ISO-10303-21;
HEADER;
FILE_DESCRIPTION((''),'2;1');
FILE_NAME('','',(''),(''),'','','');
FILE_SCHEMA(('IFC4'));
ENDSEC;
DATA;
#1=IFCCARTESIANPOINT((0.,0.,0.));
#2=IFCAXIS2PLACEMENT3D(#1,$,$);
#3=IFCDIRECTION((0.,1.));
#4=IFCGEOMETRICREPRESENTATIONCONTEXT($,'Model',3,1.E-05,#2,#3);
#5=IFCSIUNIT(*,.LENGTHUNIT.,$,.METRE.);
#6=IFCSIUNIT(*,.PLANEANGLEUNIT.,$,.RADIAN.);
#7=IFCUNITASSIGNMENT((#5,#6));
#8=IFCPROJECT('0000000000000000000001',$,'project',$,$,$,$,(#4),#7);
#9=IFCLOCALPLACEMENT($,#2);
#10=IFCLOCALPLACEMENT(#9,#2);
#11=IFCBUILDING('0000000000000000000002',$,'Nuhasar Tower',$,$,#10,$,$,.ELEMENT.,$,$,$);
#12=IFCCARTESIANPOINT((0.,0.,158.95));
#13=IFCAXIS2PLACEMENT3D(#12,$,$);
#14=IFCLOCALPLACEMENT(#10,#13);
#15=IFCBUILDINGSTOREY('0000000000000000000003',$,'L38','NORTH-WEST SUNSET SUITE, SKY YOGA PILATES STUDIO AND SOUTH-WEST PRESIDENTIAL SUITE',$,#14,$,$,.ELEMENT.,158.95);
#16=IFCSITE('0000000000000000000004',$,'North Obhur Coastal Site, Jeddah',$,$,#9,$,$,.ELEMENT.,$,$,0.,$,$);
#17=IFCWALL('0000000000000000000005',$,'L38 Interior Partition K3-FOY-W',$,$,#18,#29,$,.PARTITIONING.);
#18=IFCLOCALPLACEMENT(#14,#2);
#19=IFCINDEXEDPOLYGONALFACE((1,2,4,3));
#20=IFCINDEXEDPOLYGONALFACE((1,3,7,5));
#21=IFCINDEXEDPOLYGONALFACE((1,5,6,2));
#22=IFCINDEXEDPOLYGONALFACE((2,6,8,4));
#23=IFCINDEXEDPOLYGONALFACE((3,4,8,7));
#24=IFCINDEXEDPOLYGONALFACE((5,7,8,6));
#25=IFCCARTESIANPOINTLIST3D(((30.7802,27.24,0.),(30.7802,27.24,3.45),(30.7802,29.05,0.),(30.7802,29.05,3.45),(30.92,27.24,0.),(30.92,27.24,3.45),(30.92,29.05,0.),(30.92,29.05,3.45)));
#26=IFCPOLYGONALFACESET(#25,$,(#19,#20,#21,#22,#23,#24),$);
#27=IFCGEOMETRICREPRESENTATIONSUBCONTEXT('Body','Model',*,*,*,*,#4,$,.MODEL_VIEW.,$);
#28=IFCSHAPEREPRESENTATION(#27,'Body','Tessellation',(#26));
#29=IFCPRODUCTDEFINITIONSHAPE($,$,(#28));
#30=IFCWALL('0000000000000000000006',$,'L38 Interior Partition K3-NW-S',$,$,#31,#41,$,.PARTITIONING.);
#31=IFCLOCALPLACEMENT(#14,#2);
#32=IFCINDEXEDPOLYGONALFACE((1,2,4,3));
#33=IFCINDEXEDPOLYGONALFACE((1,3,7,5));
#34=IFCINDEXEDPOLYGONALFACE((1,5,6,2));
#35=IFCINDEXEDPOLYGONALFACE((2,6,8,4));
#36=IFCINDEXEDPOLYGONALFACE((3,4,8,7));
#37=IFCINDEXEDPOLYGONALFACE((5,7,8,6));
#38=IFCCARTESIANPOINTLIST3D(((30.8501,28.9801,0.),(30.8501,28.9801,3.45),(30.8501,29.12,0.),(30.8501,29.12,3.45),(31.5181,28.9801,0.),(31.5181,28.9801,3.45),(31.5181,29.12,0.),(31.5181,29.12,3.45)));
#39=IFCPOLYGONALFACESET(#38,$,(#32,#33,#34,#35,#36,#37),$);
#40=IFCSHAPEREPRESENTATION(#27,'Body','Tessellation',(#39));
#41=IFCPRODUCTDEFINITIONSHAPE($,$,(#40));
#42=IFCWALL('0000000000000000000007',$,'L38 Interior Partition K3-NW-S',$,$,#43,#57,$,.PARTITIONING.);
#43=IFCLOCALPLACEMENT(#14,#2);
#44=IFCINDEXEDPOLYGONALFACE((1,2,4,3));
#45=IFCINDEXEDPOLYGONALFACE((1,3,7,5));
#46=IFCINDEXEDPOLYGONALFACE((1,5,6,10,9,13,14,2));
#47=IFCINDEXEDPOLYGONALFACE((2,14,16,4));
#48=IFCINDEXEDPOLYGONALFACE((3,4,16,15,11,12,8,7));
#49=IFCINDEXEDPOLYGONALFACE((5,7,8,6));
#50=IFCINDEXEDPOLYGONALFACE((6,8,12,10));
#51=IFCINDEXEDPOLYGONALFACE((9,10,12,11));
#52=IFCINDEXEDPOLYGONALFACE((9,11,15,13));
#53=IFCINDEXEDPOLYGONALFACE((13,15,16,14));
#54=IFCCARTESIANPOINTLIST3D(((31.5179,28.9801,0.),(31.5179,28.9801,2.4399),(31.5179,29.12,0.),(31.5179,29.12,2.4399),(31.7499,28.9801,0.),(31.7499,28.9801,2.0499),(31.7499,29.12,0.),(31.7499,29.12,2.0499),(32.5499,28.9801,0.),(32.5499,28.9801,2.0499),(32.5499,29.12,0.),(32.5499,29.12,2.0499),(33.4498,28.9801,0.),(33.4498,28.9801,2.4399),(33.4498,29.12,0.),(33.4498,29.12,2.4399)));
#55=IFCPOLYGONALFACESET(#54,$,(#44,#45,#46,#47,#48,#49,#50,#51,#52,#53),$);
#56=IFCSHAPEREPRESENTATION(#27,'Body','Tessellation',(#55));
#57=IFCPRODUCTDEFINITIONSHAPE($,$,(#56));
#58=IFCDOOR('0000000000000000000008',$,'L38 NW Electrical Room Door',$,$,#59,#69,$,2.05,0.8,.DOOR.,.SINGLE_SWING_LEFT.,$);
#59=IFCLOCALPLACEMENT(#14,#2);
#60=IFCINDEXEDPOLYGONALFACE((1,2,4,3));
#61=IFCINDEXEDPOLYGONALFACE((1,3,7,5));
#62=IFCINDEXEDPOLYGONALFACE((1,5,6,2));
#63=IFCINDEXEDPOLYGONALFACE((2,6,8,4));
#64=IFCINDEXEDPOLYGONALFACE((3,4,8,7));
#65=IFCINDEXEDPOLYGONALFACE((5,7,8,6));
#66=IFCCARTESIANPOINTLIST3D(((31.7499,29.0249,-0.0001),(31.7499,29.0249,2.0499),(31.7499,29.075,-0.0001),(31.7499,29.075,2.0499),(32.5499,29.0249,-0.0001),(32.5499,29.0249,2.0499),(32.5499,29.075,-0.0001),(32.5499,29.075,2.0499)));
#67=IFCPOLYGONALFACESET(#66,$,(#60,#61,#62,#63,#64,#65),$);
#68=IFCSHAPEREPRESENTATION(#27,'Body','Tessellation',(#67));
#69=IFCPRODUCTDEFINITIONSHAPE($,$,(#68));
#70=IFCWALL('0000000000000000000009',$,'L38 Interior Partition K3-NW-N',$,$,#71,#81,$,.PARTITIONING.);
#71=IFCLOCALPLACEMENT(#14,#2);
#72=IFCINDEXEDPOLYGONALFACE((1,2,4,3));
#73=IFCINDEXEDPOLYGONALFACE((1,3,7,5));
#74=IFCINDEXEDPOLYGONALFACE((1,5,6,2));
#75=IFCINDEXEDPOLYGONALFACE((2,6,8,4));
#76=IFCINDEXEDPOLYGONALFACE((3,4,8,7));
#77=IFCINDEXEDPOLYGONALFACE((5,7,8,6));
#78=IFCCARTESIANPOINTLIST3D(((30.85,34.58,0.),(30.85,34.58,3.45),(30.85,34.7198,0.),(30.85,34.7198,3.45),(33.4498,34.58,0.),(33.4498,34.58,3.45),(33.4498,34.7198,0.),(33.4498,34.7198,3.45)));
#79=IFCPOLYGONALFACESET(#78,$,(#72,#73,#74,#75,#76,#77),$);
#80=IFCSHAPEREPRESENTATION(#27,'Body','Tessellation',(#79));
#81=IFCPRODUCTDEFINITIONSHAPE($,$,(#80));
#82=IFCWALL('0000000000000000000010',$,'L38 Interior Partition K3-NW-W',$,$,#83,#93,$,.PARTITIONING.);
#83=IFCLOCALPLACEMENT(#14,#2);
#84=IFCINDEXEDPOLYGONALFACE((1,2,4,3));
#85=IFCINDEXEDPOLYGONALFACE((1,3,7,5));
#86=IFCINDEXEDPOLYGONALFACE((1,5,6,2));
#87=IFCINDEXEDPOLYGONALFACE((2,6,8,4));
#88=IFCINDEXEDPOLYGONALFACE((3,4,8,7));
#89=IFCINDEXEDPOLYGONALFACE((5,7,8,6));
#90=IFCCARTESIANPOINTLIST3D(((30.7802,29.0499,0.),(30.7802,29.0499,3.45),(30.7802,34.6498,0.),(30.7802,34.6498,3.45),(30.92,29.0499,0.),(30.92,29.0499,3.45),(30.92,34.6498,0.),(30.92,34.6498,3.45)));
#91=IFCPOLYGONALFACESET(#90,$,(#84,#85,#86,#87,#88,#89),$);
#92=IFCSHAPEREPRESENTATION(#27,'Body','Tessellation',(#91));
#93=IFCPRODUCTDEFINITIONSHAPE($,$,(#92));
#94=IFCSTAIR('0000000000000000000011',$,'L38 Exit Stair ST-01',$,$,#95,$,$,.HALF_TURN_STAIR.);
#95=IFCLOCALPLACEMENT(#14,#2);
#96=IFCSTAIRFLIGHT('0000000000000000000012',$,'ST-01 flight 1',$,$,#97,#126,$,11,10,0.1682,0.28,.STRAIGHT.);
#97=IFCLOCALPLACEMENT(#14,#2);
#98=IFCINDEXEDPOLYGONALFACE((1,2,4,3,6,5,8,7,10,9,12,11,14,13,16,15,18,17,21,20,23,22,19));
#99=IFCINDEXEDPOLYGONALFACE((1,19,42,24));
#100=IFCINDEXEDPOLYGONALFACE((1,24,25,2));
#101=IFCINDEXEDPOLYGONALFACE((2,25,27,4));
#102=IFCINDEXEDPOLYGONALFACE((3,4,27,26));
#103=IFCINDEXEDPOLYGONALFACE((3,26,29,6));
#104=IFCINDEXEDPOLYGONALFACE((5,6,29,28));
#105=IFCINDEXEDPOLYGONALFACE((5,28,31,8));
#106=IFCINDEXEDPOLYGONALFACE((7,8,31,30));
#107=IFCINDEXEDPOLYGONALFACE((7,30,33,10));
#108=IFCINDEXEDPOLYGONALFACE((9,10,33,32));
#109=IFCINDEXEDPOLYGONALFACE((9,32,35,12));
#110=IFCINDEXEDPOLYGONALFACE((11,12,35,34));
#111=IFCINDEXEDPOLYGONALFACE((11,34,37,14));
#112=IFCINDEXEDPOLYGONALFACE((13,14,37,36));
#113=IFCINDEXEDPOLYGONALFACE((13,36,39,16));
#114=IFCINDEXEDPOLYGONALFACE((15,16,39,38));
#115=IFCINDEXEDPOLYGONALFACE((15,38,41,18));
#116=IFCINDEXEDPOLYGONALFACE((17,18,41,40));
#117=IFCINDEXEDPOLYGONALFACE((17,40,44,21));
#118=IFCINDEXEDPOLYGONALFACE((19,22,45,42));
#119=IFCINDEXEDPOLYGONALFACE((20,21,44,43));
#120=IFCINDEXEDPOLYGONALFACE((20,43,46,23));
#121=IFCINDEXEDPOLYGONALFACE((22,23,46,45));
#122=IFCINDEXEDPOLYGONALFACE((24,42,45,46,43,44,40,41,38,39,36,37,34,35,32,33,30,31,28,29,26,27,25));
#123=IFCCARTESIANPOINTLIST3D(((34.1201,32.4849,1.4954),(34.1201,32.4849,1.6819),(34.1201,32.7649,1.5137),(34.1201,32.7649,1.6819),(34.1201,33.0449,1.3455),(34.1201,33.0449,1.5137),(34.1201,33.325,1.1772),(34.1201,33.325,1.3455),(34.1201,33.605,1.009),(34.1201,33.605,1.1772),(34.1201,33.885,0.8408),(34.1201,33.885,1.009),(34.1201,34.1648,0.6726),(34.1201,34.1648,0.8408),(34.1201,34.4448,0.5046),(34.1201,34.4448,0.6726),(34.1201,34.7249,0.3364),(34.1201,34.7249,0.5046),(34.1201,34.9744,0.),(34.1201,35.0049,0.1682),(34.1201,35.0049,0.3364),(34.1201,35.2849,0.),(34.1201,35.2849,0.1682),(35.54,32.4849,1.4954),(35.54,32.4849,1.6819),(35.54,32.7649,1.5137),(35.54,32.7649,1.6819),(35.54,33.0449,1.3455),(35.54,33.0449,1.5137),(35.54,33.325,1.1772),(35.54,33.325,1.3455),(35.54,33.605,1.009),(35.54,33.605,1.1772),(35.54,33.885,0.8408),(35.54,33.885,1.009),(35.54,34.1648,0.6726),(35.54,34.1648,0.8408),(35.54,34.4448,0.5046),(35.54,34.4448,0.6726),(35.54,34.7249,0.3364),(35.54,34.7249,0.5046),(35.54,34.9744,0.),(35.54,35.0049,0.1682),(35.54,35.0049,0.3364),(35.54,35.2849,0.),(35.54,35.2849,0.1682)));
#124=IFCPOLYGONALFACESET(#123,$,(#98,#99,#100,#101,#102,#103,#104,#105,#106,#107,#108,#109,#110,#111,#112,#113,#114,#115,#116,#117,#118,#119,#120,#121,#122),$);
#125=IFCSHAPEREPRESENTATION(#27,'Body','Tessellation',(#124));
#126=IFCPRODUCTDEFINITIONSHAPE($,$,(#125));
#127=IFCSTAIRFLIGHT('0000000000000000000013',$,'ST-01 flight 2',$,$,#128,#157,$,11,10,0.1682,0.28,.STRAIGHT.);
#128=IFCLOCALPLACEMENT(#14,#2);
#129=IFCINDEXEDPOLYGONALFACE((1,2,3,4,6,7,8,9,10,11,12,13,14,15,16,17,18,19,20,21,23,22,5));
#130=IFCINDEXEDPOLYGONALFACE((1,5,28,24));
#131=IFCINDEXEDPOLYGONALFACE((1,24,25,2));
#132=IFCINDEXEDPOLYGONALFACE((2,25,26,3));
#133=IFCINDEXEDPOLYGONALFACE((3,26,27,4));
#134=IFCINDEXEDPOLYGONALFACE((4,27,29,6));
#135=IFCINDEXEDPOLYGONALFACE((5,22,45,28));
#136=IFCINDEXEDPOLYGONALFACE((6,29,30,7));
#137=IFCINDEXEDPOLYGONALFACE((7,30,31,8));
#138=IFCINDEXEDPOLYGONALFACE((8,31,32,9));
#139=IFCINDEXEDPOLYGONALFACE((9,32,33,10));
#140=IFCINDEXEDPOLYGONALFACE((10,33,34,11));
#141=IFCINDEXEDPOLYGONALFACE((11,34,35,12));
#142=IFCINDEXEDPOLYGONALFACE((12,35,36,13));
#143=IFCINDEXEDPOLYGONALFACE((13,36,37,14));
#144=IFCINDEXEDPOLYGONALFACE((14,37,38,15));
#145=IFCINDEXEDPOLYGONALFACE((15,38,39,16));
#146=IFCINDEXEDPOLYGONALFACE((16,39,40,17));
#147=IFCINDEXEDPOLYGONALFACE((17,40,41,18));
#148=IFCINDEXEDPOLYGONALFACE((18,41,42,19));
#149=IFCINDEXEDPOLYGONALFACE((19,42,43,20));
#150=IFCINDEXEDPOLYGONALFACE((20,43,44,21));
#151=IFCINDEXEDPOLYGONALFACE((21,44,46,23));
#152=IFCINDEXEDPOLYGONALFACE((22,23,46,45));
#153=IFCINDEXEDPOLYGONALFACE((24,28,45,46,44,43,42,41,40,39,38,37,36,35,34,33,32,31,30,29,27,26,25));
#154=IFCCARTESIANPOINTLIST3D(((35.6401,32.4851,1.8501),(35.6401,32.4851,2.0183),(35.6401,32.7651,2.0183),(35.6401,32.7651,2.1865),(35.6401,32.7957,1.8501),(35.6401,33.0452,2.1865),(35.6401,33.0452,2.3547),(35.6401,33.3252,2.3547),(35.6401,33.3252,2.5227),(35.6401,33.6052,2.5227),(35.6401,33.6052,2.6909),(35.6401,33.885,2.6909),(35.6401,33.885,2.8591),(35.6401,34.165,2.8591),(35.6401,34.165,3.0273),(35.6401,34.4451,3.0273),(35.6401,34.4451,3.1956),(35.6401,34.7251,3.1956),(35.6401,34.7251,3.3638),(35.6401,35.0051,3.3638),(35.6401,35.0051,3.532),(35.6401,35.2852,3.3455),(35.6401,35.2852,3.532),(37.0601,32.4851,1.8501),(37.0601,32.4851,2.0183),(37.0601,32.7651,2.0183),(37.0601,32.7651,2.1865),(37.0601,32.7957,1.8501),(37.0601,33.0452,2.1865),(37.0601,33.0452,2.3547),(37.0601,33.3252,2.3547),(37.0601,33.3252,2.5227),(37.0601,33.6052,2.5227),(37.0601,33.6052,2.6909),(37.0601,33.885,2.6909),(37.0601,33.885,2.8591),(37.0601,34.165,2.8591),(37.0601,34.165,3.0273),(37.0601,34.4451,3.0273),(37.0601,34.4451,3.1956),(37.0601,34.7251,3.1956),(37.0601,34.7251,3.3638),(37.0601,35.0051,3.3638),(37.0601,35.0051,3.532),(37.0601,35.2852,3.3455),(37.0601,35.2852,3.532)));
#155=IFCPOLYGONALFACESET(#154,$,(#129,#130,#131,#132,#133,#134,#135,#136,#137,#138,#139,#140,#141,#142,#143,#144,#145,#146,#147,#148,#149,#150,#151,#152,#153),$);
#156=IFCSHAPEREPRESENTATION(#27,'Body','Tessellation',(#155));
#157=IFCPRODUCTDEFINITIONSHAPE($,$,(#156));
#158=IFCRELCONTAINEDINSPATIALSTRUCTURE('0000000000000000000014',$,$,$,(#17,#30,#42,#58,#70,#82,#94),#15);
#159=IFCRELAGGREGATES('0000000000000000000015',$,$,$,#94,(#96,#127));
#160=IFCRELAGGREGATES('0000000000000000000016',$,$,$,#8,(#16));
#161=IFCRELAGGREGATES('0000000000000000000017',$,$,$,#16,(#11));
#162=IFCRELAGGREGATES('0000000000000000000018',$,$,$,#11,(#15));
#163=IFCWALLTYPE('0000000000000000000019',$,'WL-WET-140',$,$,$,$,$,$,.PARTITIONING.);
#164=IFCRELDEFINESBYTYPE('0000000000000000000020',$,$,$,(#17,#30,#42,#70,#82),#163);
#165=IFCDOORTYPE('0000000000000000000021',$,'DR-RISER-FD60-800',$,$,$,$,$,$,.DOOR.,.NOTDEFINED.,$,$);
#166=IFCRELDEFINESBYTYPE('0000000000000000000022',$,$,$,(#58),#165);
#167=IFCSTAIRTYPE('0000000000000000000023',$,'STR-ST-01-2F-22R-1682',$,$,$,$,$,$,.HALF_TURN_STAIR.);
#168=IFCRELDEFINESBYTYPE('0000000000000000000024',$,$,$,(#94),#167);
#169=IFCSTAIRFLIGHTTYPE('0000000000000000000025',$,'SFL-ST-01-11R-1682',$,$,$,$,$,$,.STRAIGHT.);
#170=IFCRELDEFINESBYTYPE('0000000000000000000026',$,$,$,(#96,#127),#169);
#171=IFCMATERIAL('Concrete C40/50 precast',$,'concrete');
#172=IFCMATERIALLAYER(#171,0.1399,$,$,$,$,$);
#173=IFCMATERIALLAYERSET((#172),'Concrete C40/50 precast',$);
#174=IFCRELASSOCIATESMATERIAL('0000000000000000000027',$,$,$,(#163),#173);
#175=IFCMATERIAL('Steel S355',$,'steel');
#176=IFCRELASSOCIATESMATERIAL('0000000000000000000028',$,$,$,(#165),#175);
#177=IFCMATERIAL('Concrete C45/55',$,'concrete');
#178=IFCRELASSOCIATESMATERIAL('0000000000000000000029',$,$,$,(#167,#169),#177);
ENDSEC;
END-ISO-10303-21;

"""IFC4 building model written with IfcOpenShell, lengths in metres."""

from ifc_helpers import new_model, si_unit, direction, frame, frame_2d, origin, place, context, subcontext, project, spatial, polyline, rectangle, outline, extrude, material, layer, layer_set, type_object, element, fill, aggregate, save


model = new_model("IFC4")

# Units and contexts
model_context = context("Model", 3, precision=1e-05, world=origin(), true_north=direction((0.0, 1.0)))
body_context = subcontext(model_context, "Body", "Model", "MODEL_VIEW")
ifc_project = project(units=[si_unit("LENGTHUNIT", "METRE"), si_unit("PLANEANGLEUNIT", "RADIAN")], contexts=[model_context])

# Site, building, storey
site_placement = place(None, origin())
site = spatial("IfcSite", under=ifc_project, at=site_placement, Name="North Obhur Coastal Site, Jeddah", CompositionType="ELEMENT", RefElevation=0.0)
building_placement = place(site_placement, origin())
building = spatial("IfcBuilding", under=site, at=building_placement, Name="Nuhasar Tower", CompositionType="ELEMENT")
storey_placement = place(building_placement, frame((0.0, 0.0, 158.95)))
storey = spatial("IfcBuildingStorey", under=building, at=storey_placement, Name="L38", Description="NORTH-WEST SUNSET SUITE, SKY YOGA PILATES STUDIO AND SOUTH-WEST PRESIDENTIAL SUITE", CompositionType="ELEMENT", Elevation=158.95)

# Shared definitions
ifc_material_1 = material(Name="Steel S355", Category="steel")

# Shared definitions
ifc_material_2 = material(Name="Concrete C40/50 precast", Category="concrete")
ifc_layer_1 = layer(ifc_material_2, 0.1399)
ifc_layer_set_1 = layer_set([ifc_layer_1], Name="Concrete C40/50 precast")
wall_type_1 = type_object("IfcWallType", Name="WL-WET-140", PredefinedType="PARTITIONING", material=ifc_layer_set_1)

# Walls
wall_1_placement = place(storey_placement, frame((30.8501, 27.24, 0.0), z_axis=(0.0, 0.0, 1.0), x_axis=(0.0, 1.0, 0.0)))
element("IfcWall", 1, at=wall_1_placement, inside=storey, type_object=wall_type_1, Name="L38 Interior Partition K3-FOY-W", PredefinedType="PARTITIONING", context=body_context, shape_type="SweptSolid", body=[
    extrude(rectangle(XDim=1.8101, YDim=0.1399, at=frame_2d((0.905, 0.0))), origin(), (0.0, 0.0, 1.0), 3.45),
])
wall_2_placement = place(storey_placement, frame((30.8501, 29.05, 0.0), z_axis=(0.0, 0.0, 1.0), x_axis=(1.0, 0.0, 0.0)))
element("IfcWall", 2, at=wall_2_placement, inside=storey, type_object=wall_type_1, Name="L38 Interior Partition K3-NW-S", PredefinedType="PARTITIONING", context=body_context, shape_type="SweptSolid", body=[
    extrude(rectangle(XDim=0.668, YDim=0.1399, at=frame_2d((0.334, 0.0))), origin(), (0.0, 0.0, 1.0), 3.45),
])

# Wall, opening, door
wall_3_placement = place(storey_placement, frame((31.5181, 29.05, 0.0), z_axis=(0.0, 0.0, 1.0), x_axis=(1.0, 0.0, 0.0)))
wall_3 = element("IfcWall", 3, at=wall_3_placement, inside=storey, type_object=wall_type_1, Name="L38 Interior Partition K3-NW-S", PredefinedType="PARTITIONING", context=body_context, shape_type="SweptSolid", body=[
    extrude(rectangle(XDim=1.9319, YDim=0.1399, at=frame_2d((0.9658, 0.0))), origin(), (0.0, 0.0, 1.0), 2.4399),
])
opening_1_placement = place(wall_3_placement, frame((0.2319, 0.0, 0.0)))
opening_1 = element("IfcOpeningElement", 4, at=opening_1_placement, cuts=wall_3, PredefinedType="OPENING", context=body_context, shape_type="SweptSolid", body=[
    extrude(rectangle(XDim=0.8, YDim=2.05, at=frame_2d((0.3999, 1.0249))), frame((0.0, 0.0801, 0.0), z_axis=(0.0, -1.0, 0.0), x_axis=(1.0, 0.0, 0.0)), (0.0, 0.0, 1.0), 0.1599),
])
door_type_1 = type_object("IfcDoorType", Name="DR-RISER-FD60-800", OperationType="NOTDEFINED", PredefinedType="DOOR", material=ifc_material_1)
door_1_placement = place(opening_1_placement, origin())
door_1 = element("IfcDoor", 5, at=door_1_placement, inside=storey, type_object=door_type_1, Name="L38 NW Electrical Room Door", OperationType="SINGLE_SWING_LEFT", OverallHeight=2.05, OverallWidth=0.8, PredefinedType="DOOR", context=body_context, shape_type="SweptSolid", body=[
    extrude(rectangle(XDim=0.8, YDim=2.05, at=frame_2d((0.3999, 1.0249))), frame((0.0, 0.0249, 0.0), z_axis=(0.0, -1.0, 0.0), x_axis=(1.0, 0.0, 0.0)), (0.0, 0.0, 1.0), 0.05),
])
fill(opening_1, door_1)

# Walls
wall_4_placement = place(storey_placement, frame((30.8501, 34.6499, 0.0), z_axis=(0.0, 0.0, 1.0), x_axis=(1.0, 0.0, 0.0)))
element("IfcWall", 6, at=wall_4_placement, inside=storey, type_object=wall_type_1, Name="L38 Interior Partition K3-NW-N", PredefinedType="PARTITIONING", context=body_context, shape_type="SweptSolid", body=[
    extrude(rectangle(XDim=2.5999, YDim=0.1399, at=frame_2d((1.2998, 0.0))), origin(), (0.0, 0.0, 1.0), 3.45),
])
wall_5_placement = place(storey_placement, frame((30.8501, 29.05, 0.0), z_axis=(0.0, 0.0, 1.0), x_axis=(0.0, 1.0, 0.0)))
element("IfcWall", 7, at=wall_5_placement, inside=storey, type_object=wall_type_1, Name="L38 Interior Partition K3-NW-W", PredefinedType="PARTITIONING", context=body_context, shape_type="SweptSolid", body=[
    extrude(rectangle(XDim=5.5999, YDim=0.1399, at=frame_2d((2.7998, 0.0))), origin(), (0.0, 0.0, 1.0), 3.45),
])

# Stair, stair flights
ifc_material_3 = material(Name="Concrete C45/55", Category="concrete")
stair_type_1 = type_object("IfcStairType", Name="STR-ST-01-2F-22R-1682", PredefinedType="HALF_TURN_STAIR", material=ifc_material_3)
stair_1_placement = place(storey_placement, origin())
stair_1 = element("IfcStair", 8, at=stair_1_placement, inside=storey, type_object=stair_type_1, Name="L38 Exit Stair ST-01", PredefinedType="HALF_TURN_STAIR")
stair_flight_type_1 = type_object("IfcStairFlightType", Name="SFL-ST-01-11R-1682", PredefinedType="STRAIGHT", material=ifc_material_3)
stair_flight_1_placement = place(storey_placement, frame((34.8301, 35.2849, 0.0), z_axis=(0.0, 0.0, 1.0), x_axis=(0.0, -1.0, 0.0)))
stair_flight_1 = element("IfcStairFlight", 9, at=stair_flight_1_placement, type_object=stair_flight_type_1, Name="ST-01 flight 1", NumberOfRisers=11, NumberOfTreads=10, PredefinedType="STRAIGHT", RiserHeight=0.1682, TreadLength=0.28, context=body_context, shape_type="SweptSolid", body=[
    extrude(outline(polyline([(0.0, 0.0), (0.0, 0.1682), (0.28, 0.1682), (0.28, 0.3364), (0.5601, 0.3364), (0.5601, 0.5046), (0.8401, 0.5046), (0.8401, 0.6726), (1.1201, 0.6726), (1.1201, 0.8408), (1.3999, 0.8408), (1.3999, 1.009), (1.6799, 1.009), (1.6799, 1.1772), (1.96, 1.1772), (1.96, 1.3455), (2.24, 1.3455), (2.24, 1.5137), (2.52, 1.5137), (2.52, 1.6819), (2.8, 1.6819), (2.8, 1.8501), (2.8, 1.4954), (0.3105, 0.0), (0.0, 0.0)])), frame((0.0, 0.71, 0.0), z_axis=(0.0, -1.0, 0.0), x_axis=(1.0, 0.0, 0.0)), (0.0, 0.0, 1.0), 1.4199),
])
stair_flight_2_placement = place(storey_placement, frame((36.3501, 32.4851, 1.8501), z_axis=(0.0, 0.0, 1.0), x_axis=(0.0, 1.0, 0.0)))
stair_flight_2 = element("IfcStairFlight", 10, at=stair_flight_2_placement, type_object=stair_flight_type_1, Name="ST-01 flight 2", NumberOfRisers=11, NumberOfTreads=10, PredefinedType="STRAIGHT", RiserHeight=0.1682, TreadLength=0.28, context=body_context, shape_type="SweptSolid", body=[
    extrude(outline(polyline([(0.0, 0.0), (0.0, 0.1682), (0.28, 0.1682), (0.28, 0.3364), (0.5601, 0.3364), (0.5601, 0.5046), (0.8401, 0.5046), (0.8401, 0.6726), (1.1201, 0.6726), (1.1201, 0.8408), (1.3999, 0.8408), (1.3999, 1.009), (1.6799, 1.009), (1.6799, 1.1772), (1.96, 1.1772), (1.96, 1.3455), (2.24, 1.3455), (2.24, 1.5137), (2.52, 1.5137), (2.52, 1.6819), (2.8, 1.6819), (2.8, 1.8501), (2.8, 1.4954), (0.3105, 0.0), (0.0, 0.0)])), frame((0.0, 0.71, 0.0), z_axis=(0.0, -1.0, 0.0), x_axis=(1.0, 0.0, 0.0)), (0.0, 0.0, 1.0), 1.4199),
])
aggregate(stair_1, [stair_flight_1, stair_flight_2])

save(model, "model.ifc")
